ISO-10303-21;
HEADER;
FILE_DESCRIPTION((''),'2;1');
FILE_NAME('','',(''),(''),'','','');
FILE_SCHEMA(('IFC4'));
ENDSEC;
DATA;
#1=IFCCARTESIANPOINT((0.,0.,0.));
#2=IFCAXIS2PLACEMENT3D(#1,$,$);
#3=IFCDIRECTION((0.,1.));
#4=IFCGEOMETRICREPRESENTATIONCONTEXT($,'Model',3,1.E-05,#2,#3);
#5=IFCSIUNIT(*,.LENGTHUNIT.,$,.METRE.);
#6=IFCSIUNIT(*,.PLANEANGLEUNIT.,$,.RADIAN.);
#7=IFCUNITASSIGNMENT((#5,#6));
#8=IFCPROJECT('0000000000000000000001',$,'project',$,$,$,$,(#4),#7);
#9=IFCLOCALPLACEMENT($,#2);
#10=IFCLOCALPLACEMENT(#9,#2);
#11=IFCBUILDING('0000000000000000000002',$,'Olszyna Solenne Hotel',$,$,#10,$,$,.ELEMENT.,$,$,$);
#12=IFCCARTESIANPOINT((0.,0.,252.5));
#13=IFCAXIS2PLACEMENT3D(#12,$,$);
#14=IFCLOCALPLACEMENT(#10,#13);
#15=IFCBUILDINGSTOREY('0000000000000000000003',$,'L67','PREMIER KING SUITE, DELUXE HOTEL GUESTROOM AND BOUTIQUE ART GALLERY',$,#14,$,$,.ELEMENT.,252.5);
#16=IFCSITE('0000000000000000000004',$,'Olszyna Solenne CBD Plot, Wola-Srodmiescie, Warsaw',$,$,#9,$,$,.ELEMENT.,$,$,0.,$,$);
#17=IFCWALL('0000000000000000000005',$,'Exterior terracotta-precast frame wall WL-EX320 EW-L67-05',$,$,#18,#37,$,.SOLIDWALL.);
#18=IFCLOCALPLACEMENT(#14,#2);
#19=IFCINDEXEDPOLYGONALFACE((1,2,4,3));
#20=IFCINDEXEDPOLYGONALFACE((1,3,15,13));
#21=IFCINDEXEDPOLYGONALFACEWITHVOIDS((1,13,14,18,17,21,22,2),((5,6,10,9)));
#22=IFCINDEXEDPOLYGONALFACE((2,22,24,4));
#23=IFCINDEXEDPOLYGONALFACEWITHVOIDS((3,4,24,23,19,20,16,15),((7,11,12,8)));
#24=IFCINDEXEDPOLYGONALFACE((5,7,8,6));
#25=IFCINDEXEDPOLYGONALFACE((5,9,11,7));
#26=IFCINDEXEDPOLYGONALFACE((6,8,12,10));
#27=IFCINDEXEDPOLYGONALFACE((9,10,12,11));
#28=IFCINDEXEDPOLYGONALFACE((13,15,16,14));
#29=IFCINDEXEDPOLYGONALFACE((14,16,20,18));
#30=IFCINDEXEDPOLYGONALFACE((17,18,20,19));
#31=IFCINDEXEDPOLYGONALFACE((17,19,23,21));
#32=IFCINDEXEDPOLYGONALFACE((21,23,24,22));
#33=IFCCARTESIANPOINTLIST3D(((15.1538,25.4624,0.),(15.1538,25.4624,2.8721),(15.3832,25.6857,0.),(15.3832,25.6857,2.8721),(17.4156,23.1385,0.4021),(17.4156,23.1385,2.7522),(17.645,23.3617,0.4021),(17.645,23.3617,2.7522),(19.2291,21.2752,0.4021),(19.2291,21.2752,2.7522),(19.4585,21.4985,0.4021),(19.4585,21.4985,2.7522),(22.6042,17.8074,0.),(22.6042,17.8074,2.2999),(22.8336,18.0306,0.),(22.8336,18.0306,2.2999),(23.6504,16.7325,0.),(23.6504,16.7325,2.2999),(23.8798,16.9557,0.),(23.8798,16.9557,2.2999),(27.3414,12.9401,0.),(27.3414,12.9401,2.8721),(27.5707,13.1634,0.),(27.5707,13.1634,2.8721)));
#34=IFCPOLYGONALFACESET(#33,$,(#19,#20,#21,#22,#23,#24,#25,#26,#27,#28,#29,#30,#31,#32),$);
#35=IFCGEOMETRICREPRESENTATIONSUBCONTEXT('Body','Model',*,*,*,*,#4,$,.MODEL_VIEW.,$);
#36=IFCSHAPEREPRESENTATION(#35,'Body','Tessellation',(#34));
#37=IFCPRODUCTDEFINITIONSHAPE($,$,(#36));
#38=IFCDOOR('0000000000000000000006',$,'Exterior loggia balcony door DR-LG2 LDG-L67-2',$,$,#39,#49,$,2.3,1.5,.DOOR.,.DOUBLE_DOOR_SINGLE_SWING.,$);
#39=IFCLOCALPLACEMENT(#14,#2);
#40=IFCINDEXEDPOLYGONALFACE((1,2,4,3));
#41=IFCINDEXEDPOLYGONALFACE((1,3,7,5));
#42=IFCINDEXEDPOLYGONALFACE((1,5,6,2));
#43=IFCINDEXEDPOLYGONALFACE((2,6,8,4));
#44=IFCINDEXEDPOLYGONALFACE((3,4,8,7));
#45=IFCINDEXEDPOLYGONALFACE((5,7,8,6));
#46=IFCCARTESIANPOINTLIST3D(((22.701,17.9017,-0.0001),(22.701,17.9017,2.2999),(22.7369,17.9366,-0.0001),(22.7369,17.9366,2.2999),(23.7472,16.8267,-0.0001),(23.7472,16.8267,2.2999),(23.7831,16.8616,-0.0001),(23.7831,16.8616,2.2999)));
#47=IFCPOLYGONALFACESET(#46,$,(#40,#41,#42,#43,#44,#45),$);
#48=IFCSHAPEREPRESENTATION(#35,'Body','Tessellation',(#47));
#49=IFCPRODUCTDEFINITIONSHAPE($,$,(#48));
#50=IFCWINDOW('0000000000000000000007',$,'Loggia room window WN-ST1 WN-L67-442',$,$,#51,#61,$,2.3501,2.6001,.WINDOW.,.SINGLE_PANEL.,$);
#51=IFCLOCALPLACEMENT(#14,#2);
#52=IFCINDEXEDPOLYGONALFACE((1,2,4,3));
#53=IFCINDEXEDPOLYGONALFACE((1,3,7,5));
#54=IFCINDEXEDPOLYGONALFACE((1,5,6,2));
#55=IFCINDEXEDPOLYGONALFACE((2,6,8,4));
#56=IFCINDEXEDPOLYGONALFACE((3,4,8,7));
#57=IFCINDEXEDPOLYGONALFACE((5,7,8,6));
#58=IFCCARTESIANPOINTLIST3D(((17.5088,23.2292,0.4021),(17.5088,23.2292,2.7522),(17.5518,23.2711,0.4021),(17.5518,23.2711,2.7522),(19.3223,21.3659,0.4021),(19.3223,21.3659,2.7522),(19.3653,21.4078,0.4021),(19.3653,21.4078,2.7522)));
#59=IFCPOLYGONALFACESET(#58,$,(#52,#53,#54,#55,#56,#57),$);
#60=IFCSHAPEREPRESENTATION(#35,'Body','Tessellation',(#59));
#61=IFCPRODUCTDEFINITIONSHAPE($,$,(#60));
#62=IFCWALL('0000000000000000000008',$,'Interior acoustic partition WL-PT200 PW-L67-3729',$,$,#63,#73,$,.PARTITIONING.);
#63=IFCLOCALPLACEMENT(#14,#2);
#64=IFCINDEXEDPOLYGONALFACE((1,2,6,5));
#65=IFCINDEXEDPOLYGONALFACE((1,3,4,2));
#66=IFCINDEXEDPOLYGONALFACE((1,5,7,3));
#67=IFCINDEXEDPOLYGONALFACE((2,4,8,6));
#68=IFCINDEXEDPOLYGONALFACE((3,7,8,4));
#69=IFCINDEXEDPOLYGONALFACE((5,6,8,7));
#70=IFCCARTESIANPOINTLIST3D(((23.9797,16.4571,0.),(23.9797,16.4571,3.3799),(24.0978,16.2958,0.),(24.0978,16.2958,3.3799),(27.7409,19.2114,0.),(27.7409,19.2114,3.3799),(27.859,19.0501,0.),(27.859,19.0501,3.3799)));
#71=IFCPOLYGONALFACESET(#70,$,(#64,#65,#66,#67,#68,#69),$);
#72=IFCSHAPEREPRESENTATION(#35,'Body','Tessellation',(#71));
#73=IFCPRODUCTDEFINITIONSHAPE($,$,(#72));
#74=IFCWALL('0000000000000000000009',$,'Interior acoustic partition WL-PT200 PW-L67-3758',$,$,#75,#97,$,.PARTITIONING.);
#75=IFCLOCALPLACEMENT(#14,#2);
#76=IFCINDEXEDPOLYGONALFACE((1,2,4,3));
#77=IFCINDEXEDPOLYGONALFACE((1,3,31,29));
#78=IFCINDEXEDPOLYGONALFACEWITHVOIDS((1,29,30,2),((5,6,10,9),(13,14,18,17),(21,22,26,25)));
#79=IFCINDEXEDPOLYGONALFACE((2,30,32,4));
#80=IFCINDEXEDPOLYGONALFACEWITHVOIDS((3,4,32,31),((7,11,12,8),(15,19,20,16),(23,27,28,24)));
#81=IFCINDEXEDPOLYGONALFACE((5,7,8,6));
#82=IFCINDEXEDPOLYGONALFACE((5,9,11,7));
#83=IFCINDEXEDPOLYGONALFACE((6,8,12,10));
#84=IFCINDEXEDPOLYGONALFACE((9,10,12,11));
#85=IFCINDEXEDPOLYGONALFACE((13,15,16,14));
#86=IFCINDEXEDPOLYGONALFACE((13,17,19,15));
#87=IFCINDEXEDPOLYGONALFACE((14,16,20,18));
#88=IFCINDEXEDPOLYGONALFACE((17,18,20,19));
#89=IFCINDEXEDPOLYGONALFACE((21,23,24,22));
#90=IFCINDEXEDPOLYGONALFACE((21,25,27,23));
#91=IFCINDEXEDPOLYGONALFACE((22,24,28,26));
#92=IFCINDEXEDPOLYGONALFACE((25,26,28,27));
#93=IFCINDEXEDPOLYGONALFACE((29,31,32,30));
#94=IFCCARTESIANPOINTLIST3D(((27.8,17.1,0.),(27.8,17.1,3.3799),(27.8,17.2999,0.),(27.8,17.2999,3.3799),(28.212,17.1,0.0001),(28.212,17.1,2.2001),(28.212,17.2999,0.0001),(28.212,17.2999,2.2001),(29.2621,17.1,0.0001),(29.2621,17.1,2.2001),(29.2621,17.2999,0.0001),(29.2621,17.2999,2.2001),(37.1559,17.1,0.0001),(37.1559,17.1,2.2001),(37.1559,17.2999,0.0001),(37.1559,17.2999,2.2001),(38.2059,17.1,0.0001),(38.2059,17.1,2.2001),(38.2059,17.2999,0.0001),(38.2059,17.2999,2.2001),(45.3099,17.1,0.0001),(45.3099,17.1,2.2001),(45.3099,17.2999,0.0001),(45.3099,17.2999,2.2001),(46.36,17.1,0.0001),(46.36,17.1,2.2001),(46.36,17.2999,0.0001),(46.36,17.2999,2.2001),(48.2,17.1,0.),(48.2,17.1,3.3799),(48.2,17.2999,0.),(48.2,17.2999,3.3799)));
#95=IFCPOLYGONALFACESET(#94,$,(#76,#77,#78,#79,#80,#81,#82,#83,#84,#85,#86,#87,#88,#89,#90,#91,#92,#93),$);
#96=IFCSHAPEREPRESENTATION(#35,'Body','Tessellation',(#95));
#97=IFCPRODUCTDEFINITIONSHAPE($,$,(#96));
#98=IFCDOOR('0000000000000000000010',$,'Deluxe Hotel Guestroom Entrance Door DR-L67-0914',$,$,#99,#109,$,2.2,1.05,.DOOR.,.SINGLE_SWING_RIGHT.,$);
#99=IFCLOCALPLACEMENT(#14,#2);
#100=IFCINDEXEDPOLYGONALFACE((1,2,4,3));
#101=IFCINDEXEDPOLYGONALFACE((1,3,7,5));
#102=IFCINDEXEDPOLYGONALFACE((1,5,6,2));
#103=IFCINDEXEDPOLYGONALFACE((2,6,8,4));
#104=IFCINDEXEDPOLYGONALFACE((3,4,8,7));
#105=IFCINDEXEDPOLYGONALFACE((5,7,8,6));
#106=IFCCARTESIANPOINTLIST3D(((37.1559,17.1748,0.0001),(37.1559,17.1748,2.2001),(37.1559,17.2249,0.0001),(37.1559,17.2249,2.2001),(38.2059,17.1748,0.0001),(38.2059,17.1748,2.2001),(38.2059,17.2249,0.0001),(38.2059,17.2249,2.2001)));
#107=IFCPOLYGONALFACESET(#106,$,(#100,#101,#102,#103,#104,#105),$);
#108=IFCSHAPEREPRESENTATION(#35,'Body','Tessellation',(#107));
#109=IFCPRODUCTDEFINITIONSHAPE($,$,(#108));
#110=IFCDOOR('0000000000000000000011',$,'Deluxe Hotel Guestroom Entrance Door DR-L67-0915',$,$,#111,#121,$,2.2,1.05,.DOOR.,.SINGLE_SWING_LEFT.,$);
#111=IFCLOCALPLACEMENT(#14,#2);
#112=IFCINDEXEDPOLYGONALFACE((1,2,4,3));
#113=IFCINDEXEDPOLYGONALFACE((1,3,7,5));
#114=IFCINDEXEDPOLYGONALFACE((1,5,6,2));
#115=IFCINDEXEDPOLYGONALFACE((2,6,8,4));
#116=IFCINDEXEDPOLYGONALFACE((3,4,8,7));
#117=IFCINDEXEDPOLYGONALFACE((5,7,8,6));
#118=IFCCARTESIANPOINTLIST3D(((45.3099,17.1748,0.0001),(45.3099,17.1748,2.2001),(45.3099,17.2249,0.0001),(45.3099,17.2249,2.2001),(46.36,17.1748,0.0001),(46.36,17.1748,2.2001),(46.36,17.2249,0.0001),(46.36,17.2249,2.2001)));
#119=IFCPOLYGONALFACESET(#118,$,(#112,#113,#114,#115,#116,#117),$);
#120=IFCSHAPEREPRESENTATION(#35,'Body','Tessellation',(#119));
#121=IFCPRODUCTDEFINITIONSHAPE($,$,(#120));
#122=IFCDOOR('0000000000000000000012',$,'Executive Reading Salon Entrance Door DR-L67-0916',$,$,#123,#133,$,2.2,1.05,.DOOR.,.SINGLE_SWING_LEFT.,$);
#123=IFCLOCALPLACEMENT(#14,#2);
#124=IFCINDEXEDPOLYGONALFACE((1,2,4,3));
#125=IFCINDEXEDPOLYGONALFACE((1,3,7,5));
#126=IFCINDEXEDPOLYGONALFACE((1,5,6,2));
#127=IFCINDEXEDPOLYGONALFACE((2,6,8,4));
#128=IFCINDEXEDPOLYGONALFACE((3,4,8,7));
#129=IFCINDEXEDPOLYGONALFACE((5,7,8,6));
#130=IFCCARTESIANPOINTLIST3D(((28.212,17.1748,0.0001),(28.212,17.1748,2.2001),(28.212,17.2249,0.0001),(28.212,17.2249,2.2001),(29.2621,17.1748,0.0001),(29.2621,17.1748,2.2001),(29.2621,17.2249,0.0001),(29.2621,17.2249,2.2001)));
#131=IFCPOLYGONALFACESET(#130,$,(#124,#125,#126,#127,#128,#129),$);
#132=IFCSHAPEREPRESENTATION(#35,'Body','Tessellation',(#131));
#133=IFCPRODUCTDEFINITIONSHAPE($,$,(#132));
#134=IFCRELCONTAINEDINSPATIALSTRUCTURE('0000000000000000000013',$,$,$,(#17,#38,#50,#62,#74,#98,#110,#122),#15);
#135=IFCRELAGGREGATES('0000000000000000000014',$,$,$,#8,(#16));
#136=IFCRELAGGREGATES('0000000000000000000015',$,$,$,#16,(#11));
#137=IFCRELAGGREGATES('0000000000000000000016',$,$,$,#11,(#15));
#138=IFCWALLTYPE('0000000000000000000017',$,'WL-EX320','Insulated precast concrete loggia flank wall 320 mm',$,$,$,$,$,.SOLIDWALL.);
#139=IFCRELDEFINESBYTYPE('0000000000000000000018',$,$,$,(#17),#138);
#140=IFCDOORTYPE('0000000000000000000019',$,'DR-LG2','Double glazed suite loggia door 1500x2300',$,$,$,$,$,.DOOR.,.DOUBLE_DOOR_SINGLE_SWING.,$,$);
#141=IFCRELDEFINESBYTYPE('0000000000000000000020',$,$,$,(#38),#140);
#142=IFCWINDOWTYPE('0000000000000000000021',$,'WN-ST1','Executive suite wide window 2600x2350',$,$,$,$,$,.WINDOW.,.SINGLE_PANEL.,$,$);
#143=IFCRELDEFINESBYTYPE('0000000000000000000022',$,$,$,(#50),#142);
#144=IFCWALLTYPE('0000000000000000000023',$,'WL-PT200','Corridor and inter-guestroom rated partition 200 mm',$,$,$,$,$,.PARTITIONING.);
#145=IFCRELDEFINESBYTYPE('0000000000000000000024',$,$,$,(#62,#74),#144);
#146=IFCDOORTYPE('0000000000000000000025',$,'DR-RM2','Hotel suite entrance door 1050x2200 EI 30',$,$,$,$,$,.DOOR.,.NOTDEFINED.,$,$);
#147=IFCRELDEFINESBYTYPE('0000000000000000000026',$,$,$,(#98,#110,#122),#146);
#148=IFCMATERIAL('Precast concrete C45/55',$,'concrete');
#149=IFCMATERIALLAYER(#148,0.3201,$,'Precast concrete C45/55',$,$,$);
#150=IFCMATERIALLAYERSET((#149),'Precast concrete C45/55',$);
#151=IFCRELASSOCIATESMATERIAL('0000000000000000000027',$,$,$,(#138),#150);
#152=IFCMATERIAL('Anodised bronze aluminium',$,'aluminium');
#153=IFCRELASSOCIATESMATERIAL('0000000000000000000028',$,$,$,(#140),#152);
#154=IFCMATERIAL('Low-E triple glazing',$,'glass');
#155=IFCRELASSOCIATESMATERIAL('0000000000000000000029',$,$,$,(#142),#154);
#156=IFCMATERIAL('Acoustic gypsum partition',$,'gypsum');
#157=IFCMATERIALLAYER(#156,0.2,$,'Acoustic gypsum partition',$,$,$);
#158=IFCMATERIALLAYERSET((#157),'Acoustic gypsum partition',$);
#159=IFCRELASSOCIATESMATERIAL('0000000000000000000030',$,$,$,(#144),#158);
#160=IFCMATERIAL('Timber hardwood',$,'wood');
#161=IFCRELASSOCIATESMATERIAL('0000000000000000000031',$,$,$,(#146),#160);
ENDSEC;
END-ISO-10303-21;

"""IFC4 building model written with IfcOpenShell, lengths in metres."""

from ifc_helpers import new_model, si_unit, direction, frame, frame_2d, origin, place, context, subcontext, project, spatial, rectangle, extrude, source, transform, mapped, material, layer, layer_set, type_object, type_shapes, element, fill, save


model = new_model("IFC4")

# Units and contexts
model_context = context("Model", 3, precision=1e-05, world=origin(), true_north=direction((0.0, 1.0)))
body_context = subcontext(model_context, "Body", "Model", "MODEL_VIEW")
ifc_project = project(units=[si_unit("LENGTHUNIT", "METRE"), si_unit("PLANEANGLEUNIT", "RADIAN")], contexts=[model_context])

# Site, building, storey
site_placement = place(None, origin())
site = spatial("IfcSite", under=ifc_project, at=site_placement, Name="Olszyna Solenne CBD Plot, Wola-Srodmiescie, Warsaw", CompositionType="ELEMENT", RefElevation=0.0)
building_placement = place(site_placement, origin())
building = spatial("IfcBuilding", under=site, at=building_placement, Name="Olszyna Solenne Hotel", CompositionType="ELEMENT")
storey_placement = place(building_placement, frame((0.0, 0.0, 252.5)))
storey = spatial("IfcBuildingStorey", under=building, at=storey_placement, Name="L67", Description="PREMIER KING SUITE, DELUXE HOTEL GUESTROOM AND BOUTIQUE ART GALLERY", CompositionType="ELEMENT", Elevation=252.5)

# Shared definitions
ifc_material_1 = material(Name="Anodised bronze aluminium", Category="aluminium")
ifc_material_2 = material(Name="Low-E triple glazing", Category="glass")

# Shared definitions
ifc_material_3 = material(Name="Timber hardwood", Category="wood")

# Wall, openings, door, window
ifc_material_4 = material(Name="Precast concrete C45/55", Category="concrete")
ifc_layer_1 = layer(ifc_material_4, 0.3201, Name="Precast concrete C45/55")
ifc_layer_set_1 = layer_set([ifc_layer_1], Name="Precast concrete C45/55")
wall_type_1 = type_object("IfcWallType", Name="WL-EX320", Description="Insulated precast concrete loggia flank wall 320 mm", PredefinedType="SOLIDWALL", material=ifc_layer_set_1)
wall_1_placement = place(storey_placement, frame((27.4561, 13.0518, 0.0), z_axis=(0.0, 0.0, 1.0), x_axis=(-0.697464, 0.716619, 0.0)))
wall_1 = element("IfcWall", 1, at=wall_1_placement, inside=storey, type_object=wall_type_1, Name="Exterior terracotta-precast frame wall WL-EX320 EW-L67-05", PredefinedType="SOLIDWALL", context=body_context, shape_type="SweptSolid", body=[
    extrude(rectangle(XDim=17.4741, YDim=0.3201, at=frame_2d((8.7371, 0.0))), origin(), (0.0, 0.0, 1.0), 2.8721),
])
opening_1_placement = place(wall_1_placement, frame((5.292, 0.0, 0.0)))
opening_1 = element("IfcOpeningElement", 2, at=opening_1_placement, cuts=wall_1, PredefinedType="OPENING", context=body_context, shape_type="SweptSolid", body=[
    extrude(rectangle(XDim=1.5, YDim=2.3, at=frame_2d((0.75, 1.1499))), frame((0.0, 0.1699, 0.0), z_axis=(0.0, -1.0, 0.0), x_axis=(1.0, 0.0, 0.0)), (0.0, 0.0, 1.0), 0.3401),
])
opening_2_placement = place(wall_1_placement, frame((11.6311, 0.0, 0.4021)))
opening_2 = element("IfcOpeningElement", 3, at=opening_2_placement, cuts=wall_1, PredefinedType="OPENING", context=body_context, shape_type="SweptSolid", body=[
    extrude(rectangle(XDim=2.6001, YDim=2.3501, at=frame_2d((1.3, 1.175))), frame((0.0, 0.1699, 0.0), z_axis=(0.0, -1.0, 0.0), x_axis=(1.0, 0.0, 0.0)), (0.0, 0.0, 1.0), 0.3401),
])
door_type_1 = type_object("IfcDoorType", Name="DR-LG2", Description="Double glazed suite loggia door 1500x2300", OperationType="DOUBLE_DOOR_SINGLE_SWING", PredefinedType="DOOR", material=ifc_material_1)
shared_shape_1 = source(origin(), body_context, "Body", "SweptSolid", [
    extrude(rectangle(XDim=1.5, YDim=2.3, at=frame_2d((0.75, 1.1499))), frame((0.0, 0.0249, 0.0), z_axis=(0.0, -1.0, 0.0), x_axis=(1.0, 0.0, 0.0)), (0.0, 0.0, 1.0), 0.05),
])
type_shapes(door_type_1, [shared_shape_1])
door_1_placement = place(opening_1_placement, origin())
door_1 = element("IfcDoor", 4, at=door_1_placement, inside=storey, type_object=door_type_1, Name="Exterior loggia balcony door DR-LG2 LDG-L67-2", OperationType="DOUBLE_DOOR_SINGLE_SWING", OverallHeight=2.3, OverallWidth=1.5, PredefinedType="DOOR", context=body_context, shape_type="MappedRepresentation", body=[
    mapped(shared_shape_1, transform((0.0, 0.0, 0.0), x_axis=(1.0, 0.0, 0.0), y_axis=(0.0, 1.0, 0.0), z_axis=(0.0, 0.0, 1.0), scale=1.0)),
])
fill(opening_1, door_1)
window_type = type_object("IfcWindowType", Name="WN-ST1", Description="Executive suite wide window 2600x2350", PartitioningType="SINGLE_PANEL", PredefinedType="WINDOW", material=ifc_material_2)
shared_shape_2 = source(origin(), body_context, "Body", "SweptSolid", [
    extrude(rectangle(XDim=2.6001, YDim=2.3501, at=frame_2d((1.3, 1.175))), frame((0.0, 0.03, 0.0), z_axis=(0.0, -1.0, 0.0), x_axis=(1.0, 0.0, 0.0)), (0.0, 0.0, 1.0), 0.0601),
])
type_shapes(window_type, [shared_shape_2])
window_placement = place(opening_2_placement, origin())
window = element("IfcWindow", 5, at=window_placement, inside=storey, type_object=window_type, Name="Loggia room window WN-ST1 WN-L67-442", OverallHeight=2.3501, OverallWidth=2.6001, PartitioningType="SINGLE_PANEL", PredefinedType="WINDOW", context=body_context, shape_type="MappedRepresentation", body=[
    mapped(shared_shape_2, transform((0.0, 0.0, 0.0), x_axis=(1.0, 0.0, 0.0), y_axis=(0.0, 1.0, 0.0), z_axis=(0.0, 0.0, 1.0), scale=1.0)),
])
fill(opening_2, window)

# Wall
ifc_material_5 = material(Name="Acoustic gypsum partition", Category="gypsum")
ifc_layer_2 = layer(ifc_material_5, 0.2, Name="Acoustic gypsum partition")
ifc_layer_set_2 = layer_set([ifc_layer_2], Name="Acoustic gypsum partition")
wall_type_2 = type_object("IfcWallType", Name="WL-PT200", Description="Corridor and inter-guestroom rated partition 200 mm", PredefinedType="PARTITIONING", material=ifc_layer_set_2)
wall_2_placement = place(storey_placement, frame((27.8, 19.1309, 0.0), z_axis=(0.0, 0.0, 1.0), x_axis=(-0.806798, -0.590828, 0.0)))
element("IfcWall", 6, at=wall_2_placement, inside=storey, type_object=wall_type_2, Name="Interior acoustic partition WL-PT200 PW-L67-3729", PredefinedType="PARTITIONING", context=body_context, shape_type="SweptSolid", body=[
    extrude(rectangle(XDim=4.6619, YDim=0.2, at=frame_2d((2.3311, 0.0))), origin(), (0.0, 0.0, 1.0), 3.3799),
])

# Wall, openings, doors
wall_3_placement = place(storey_placement, frame((27.8, 17.2, 0.0), z_axis=(0.0, 0.0, 1.0), x_axis=(1.0, 0.0, 0.0)))
wall_3 = element("IfcWall", 7, at=wall_3_placement, inside=storey, type_object=wall_type_2, Name="Interior acoustic partition WL-PT200 PW-L67-3758", PredefinedType="PARTITIONING", context=body_context, shape_type="SweptSolid", body=[
    extrude(rectangle(XDim=20.3999, YDim=0.2, at=frame_2d((10.2, 0.0))), origin(), (0.0, 0.0, 1.0), 3.3799),
])
opening_3_placement = place(wall_3_placement, frame((9.356, 0.0, 0.0)))
opening_3 = element("IfcOpeningElement", 8, at=opening_3_placement, cuts=wall_3, PredefinedType="OPENING", context=body_context, shape_type="SweptSolid", body=[
    extrude(rectangle(XDim=1.05, YDim=2.2, at=frame_2d((0.5249, 1.1001))), frame((0.0, 0.1099, 0.0), z_axis=(0.0, -1.0, 0.0), x_axis=(1.0, 0.0, 0.0)), (0.0, 0.0, 1.0), 0.22),
])
opening_4_placement = place(wall_3_placement, frame((17.51, 0.0, 0.0)))
opening_4 = element("IfcOpeningElement", 9, at=opening_4_placement, cuts=wall_3, PredefinedType="OPENING", context=body_context, shape_type="SweptSolid", body=[
    extrude(rectangle(XDim=1.05, YDim=2.2, at=frame_2d((0.5249, 1.1001))), frame((0.0, 0.1099, 0.0), z_axis=(0.0, -1.0, 0.0), x_axis=(1.0, 0.0, 0.0)), (0.0, 0.0, 1.0), 0.22),
])
opening_5_placement = place(wall_3_placement, frame((0.4121, 0.0, 0.0)))
opening_5 = element("IfcOpeningElement", 10, at=opening_5_placement, cuts=wall_3, PredefinedType="OPENING", context=body_context, shape_type="SweptSolid", body=[
    extrude(rectangle(XDim=1.05, YDim=2.2, at=frame_2d((0.5249, 1.1001))), frame((0.0, 0.1099, 0.0), z_axis=(0.0, -1.0, 0.0), x_axis=(1.0, 0.0, 0.0)), (0.0, 0.0, 1.0), 0.22),
])
door_type_2 = type_object("IfcDoorType", Name="DR-RM2", Description="Hotel suite entrance door 1050x2200 EI 30", OperationType="NOTDEFINED", PredefinedType="DOOR", material=ifc_material_3)
shared_shape_3 = source(origin(), body_context, "Body", "SweptSolid", [
    extrude(rectangle(XDim=1.05, YDim=2.2, at=frame_2d((0.5249, 1.1001))), frame((0.0, 0.0249, 0.0), z_axis=(0.0, -1.0, 0.0), x_axis=(1.0, 0.0, 0.0)), (0.0, 0.0, 1.0), 0.05),
])
type_shapes(door_type_2, [shared_shape_3])
door_2_placement = place(opening_3_placement, origin())
door_2 = element("IfcDoor", 11, at=door_2_placement, inside=storey, type_object=door_type_2, Name="Deluxe Hotel Guestroom Entrance Door DR-L67-0914", OperationType="SINGLE_SWING_RIGHT", OverallHeight=2.2, OverallWidth=1.05, PredefinedType="DOOR", context=body_context, shape_type="MappedRepresentation", body=[
    mapped(shared_shape_3, transform((0.0, 0.0, 0.0), x_axis=(1.0, 0.0, 0.0), y_axis=(0.0, 1.0, 0.0), z_axis=(0.0, 0.0, 1.0), scale=1.0)),
])
fill(opening_3, door_2)
door_3_placement = place(opening_4_placement, origin())
door_3 = element("IfcDoor", 12, at=door_3_placement, inside=storey, type_object=door_type_2, Name="Deluxe Hotel Guestroom Entrance Door DR-L67-0915", OperationType="SINGLE_SWING_LEFT", OverallHeight=2.2, OverallWidth=1.05, PredefinedType="DOOR", context=body_context, shape_type="MappedRepresentation", body=[
    mapped(shared_shape_3, transform((0.0, 0.0, 0.0), x_axis=(1.0, 0.0, 0.0), y_axis=(0.0, 1.0, 0.0), z_axis=(0.0, 0.0, 1.0), scale=1.0)),
])
fill(opening_4, door_3)
door_4_placement = place(opening_5_placement, origin())
door_4 = element("IfcDoor", 13, at=door_4_placement, inside=storey, type_object=door_type_2, Name="Executive Reading Salon Entrance Door DR-L67-0916", OperationType="SINGLE_SWING_LEFT", OverallHeight=2.2, OverallWidth=1.05, PredefinedType="DOOR", context=body_context, shape_type="MappedRepresentation", body=[
    mapped(shared_shape_3, transform((0.0, 0.0, 0.0), x_axis=(1.0, 0.0, 0.0), y_axis=(0.0, 1.0, 0.0), z_axis=(0.0, 0.0, 1.0), scale=1.0)),
])
fill(opening_5, door_4)

save(model, "model.ifc")
